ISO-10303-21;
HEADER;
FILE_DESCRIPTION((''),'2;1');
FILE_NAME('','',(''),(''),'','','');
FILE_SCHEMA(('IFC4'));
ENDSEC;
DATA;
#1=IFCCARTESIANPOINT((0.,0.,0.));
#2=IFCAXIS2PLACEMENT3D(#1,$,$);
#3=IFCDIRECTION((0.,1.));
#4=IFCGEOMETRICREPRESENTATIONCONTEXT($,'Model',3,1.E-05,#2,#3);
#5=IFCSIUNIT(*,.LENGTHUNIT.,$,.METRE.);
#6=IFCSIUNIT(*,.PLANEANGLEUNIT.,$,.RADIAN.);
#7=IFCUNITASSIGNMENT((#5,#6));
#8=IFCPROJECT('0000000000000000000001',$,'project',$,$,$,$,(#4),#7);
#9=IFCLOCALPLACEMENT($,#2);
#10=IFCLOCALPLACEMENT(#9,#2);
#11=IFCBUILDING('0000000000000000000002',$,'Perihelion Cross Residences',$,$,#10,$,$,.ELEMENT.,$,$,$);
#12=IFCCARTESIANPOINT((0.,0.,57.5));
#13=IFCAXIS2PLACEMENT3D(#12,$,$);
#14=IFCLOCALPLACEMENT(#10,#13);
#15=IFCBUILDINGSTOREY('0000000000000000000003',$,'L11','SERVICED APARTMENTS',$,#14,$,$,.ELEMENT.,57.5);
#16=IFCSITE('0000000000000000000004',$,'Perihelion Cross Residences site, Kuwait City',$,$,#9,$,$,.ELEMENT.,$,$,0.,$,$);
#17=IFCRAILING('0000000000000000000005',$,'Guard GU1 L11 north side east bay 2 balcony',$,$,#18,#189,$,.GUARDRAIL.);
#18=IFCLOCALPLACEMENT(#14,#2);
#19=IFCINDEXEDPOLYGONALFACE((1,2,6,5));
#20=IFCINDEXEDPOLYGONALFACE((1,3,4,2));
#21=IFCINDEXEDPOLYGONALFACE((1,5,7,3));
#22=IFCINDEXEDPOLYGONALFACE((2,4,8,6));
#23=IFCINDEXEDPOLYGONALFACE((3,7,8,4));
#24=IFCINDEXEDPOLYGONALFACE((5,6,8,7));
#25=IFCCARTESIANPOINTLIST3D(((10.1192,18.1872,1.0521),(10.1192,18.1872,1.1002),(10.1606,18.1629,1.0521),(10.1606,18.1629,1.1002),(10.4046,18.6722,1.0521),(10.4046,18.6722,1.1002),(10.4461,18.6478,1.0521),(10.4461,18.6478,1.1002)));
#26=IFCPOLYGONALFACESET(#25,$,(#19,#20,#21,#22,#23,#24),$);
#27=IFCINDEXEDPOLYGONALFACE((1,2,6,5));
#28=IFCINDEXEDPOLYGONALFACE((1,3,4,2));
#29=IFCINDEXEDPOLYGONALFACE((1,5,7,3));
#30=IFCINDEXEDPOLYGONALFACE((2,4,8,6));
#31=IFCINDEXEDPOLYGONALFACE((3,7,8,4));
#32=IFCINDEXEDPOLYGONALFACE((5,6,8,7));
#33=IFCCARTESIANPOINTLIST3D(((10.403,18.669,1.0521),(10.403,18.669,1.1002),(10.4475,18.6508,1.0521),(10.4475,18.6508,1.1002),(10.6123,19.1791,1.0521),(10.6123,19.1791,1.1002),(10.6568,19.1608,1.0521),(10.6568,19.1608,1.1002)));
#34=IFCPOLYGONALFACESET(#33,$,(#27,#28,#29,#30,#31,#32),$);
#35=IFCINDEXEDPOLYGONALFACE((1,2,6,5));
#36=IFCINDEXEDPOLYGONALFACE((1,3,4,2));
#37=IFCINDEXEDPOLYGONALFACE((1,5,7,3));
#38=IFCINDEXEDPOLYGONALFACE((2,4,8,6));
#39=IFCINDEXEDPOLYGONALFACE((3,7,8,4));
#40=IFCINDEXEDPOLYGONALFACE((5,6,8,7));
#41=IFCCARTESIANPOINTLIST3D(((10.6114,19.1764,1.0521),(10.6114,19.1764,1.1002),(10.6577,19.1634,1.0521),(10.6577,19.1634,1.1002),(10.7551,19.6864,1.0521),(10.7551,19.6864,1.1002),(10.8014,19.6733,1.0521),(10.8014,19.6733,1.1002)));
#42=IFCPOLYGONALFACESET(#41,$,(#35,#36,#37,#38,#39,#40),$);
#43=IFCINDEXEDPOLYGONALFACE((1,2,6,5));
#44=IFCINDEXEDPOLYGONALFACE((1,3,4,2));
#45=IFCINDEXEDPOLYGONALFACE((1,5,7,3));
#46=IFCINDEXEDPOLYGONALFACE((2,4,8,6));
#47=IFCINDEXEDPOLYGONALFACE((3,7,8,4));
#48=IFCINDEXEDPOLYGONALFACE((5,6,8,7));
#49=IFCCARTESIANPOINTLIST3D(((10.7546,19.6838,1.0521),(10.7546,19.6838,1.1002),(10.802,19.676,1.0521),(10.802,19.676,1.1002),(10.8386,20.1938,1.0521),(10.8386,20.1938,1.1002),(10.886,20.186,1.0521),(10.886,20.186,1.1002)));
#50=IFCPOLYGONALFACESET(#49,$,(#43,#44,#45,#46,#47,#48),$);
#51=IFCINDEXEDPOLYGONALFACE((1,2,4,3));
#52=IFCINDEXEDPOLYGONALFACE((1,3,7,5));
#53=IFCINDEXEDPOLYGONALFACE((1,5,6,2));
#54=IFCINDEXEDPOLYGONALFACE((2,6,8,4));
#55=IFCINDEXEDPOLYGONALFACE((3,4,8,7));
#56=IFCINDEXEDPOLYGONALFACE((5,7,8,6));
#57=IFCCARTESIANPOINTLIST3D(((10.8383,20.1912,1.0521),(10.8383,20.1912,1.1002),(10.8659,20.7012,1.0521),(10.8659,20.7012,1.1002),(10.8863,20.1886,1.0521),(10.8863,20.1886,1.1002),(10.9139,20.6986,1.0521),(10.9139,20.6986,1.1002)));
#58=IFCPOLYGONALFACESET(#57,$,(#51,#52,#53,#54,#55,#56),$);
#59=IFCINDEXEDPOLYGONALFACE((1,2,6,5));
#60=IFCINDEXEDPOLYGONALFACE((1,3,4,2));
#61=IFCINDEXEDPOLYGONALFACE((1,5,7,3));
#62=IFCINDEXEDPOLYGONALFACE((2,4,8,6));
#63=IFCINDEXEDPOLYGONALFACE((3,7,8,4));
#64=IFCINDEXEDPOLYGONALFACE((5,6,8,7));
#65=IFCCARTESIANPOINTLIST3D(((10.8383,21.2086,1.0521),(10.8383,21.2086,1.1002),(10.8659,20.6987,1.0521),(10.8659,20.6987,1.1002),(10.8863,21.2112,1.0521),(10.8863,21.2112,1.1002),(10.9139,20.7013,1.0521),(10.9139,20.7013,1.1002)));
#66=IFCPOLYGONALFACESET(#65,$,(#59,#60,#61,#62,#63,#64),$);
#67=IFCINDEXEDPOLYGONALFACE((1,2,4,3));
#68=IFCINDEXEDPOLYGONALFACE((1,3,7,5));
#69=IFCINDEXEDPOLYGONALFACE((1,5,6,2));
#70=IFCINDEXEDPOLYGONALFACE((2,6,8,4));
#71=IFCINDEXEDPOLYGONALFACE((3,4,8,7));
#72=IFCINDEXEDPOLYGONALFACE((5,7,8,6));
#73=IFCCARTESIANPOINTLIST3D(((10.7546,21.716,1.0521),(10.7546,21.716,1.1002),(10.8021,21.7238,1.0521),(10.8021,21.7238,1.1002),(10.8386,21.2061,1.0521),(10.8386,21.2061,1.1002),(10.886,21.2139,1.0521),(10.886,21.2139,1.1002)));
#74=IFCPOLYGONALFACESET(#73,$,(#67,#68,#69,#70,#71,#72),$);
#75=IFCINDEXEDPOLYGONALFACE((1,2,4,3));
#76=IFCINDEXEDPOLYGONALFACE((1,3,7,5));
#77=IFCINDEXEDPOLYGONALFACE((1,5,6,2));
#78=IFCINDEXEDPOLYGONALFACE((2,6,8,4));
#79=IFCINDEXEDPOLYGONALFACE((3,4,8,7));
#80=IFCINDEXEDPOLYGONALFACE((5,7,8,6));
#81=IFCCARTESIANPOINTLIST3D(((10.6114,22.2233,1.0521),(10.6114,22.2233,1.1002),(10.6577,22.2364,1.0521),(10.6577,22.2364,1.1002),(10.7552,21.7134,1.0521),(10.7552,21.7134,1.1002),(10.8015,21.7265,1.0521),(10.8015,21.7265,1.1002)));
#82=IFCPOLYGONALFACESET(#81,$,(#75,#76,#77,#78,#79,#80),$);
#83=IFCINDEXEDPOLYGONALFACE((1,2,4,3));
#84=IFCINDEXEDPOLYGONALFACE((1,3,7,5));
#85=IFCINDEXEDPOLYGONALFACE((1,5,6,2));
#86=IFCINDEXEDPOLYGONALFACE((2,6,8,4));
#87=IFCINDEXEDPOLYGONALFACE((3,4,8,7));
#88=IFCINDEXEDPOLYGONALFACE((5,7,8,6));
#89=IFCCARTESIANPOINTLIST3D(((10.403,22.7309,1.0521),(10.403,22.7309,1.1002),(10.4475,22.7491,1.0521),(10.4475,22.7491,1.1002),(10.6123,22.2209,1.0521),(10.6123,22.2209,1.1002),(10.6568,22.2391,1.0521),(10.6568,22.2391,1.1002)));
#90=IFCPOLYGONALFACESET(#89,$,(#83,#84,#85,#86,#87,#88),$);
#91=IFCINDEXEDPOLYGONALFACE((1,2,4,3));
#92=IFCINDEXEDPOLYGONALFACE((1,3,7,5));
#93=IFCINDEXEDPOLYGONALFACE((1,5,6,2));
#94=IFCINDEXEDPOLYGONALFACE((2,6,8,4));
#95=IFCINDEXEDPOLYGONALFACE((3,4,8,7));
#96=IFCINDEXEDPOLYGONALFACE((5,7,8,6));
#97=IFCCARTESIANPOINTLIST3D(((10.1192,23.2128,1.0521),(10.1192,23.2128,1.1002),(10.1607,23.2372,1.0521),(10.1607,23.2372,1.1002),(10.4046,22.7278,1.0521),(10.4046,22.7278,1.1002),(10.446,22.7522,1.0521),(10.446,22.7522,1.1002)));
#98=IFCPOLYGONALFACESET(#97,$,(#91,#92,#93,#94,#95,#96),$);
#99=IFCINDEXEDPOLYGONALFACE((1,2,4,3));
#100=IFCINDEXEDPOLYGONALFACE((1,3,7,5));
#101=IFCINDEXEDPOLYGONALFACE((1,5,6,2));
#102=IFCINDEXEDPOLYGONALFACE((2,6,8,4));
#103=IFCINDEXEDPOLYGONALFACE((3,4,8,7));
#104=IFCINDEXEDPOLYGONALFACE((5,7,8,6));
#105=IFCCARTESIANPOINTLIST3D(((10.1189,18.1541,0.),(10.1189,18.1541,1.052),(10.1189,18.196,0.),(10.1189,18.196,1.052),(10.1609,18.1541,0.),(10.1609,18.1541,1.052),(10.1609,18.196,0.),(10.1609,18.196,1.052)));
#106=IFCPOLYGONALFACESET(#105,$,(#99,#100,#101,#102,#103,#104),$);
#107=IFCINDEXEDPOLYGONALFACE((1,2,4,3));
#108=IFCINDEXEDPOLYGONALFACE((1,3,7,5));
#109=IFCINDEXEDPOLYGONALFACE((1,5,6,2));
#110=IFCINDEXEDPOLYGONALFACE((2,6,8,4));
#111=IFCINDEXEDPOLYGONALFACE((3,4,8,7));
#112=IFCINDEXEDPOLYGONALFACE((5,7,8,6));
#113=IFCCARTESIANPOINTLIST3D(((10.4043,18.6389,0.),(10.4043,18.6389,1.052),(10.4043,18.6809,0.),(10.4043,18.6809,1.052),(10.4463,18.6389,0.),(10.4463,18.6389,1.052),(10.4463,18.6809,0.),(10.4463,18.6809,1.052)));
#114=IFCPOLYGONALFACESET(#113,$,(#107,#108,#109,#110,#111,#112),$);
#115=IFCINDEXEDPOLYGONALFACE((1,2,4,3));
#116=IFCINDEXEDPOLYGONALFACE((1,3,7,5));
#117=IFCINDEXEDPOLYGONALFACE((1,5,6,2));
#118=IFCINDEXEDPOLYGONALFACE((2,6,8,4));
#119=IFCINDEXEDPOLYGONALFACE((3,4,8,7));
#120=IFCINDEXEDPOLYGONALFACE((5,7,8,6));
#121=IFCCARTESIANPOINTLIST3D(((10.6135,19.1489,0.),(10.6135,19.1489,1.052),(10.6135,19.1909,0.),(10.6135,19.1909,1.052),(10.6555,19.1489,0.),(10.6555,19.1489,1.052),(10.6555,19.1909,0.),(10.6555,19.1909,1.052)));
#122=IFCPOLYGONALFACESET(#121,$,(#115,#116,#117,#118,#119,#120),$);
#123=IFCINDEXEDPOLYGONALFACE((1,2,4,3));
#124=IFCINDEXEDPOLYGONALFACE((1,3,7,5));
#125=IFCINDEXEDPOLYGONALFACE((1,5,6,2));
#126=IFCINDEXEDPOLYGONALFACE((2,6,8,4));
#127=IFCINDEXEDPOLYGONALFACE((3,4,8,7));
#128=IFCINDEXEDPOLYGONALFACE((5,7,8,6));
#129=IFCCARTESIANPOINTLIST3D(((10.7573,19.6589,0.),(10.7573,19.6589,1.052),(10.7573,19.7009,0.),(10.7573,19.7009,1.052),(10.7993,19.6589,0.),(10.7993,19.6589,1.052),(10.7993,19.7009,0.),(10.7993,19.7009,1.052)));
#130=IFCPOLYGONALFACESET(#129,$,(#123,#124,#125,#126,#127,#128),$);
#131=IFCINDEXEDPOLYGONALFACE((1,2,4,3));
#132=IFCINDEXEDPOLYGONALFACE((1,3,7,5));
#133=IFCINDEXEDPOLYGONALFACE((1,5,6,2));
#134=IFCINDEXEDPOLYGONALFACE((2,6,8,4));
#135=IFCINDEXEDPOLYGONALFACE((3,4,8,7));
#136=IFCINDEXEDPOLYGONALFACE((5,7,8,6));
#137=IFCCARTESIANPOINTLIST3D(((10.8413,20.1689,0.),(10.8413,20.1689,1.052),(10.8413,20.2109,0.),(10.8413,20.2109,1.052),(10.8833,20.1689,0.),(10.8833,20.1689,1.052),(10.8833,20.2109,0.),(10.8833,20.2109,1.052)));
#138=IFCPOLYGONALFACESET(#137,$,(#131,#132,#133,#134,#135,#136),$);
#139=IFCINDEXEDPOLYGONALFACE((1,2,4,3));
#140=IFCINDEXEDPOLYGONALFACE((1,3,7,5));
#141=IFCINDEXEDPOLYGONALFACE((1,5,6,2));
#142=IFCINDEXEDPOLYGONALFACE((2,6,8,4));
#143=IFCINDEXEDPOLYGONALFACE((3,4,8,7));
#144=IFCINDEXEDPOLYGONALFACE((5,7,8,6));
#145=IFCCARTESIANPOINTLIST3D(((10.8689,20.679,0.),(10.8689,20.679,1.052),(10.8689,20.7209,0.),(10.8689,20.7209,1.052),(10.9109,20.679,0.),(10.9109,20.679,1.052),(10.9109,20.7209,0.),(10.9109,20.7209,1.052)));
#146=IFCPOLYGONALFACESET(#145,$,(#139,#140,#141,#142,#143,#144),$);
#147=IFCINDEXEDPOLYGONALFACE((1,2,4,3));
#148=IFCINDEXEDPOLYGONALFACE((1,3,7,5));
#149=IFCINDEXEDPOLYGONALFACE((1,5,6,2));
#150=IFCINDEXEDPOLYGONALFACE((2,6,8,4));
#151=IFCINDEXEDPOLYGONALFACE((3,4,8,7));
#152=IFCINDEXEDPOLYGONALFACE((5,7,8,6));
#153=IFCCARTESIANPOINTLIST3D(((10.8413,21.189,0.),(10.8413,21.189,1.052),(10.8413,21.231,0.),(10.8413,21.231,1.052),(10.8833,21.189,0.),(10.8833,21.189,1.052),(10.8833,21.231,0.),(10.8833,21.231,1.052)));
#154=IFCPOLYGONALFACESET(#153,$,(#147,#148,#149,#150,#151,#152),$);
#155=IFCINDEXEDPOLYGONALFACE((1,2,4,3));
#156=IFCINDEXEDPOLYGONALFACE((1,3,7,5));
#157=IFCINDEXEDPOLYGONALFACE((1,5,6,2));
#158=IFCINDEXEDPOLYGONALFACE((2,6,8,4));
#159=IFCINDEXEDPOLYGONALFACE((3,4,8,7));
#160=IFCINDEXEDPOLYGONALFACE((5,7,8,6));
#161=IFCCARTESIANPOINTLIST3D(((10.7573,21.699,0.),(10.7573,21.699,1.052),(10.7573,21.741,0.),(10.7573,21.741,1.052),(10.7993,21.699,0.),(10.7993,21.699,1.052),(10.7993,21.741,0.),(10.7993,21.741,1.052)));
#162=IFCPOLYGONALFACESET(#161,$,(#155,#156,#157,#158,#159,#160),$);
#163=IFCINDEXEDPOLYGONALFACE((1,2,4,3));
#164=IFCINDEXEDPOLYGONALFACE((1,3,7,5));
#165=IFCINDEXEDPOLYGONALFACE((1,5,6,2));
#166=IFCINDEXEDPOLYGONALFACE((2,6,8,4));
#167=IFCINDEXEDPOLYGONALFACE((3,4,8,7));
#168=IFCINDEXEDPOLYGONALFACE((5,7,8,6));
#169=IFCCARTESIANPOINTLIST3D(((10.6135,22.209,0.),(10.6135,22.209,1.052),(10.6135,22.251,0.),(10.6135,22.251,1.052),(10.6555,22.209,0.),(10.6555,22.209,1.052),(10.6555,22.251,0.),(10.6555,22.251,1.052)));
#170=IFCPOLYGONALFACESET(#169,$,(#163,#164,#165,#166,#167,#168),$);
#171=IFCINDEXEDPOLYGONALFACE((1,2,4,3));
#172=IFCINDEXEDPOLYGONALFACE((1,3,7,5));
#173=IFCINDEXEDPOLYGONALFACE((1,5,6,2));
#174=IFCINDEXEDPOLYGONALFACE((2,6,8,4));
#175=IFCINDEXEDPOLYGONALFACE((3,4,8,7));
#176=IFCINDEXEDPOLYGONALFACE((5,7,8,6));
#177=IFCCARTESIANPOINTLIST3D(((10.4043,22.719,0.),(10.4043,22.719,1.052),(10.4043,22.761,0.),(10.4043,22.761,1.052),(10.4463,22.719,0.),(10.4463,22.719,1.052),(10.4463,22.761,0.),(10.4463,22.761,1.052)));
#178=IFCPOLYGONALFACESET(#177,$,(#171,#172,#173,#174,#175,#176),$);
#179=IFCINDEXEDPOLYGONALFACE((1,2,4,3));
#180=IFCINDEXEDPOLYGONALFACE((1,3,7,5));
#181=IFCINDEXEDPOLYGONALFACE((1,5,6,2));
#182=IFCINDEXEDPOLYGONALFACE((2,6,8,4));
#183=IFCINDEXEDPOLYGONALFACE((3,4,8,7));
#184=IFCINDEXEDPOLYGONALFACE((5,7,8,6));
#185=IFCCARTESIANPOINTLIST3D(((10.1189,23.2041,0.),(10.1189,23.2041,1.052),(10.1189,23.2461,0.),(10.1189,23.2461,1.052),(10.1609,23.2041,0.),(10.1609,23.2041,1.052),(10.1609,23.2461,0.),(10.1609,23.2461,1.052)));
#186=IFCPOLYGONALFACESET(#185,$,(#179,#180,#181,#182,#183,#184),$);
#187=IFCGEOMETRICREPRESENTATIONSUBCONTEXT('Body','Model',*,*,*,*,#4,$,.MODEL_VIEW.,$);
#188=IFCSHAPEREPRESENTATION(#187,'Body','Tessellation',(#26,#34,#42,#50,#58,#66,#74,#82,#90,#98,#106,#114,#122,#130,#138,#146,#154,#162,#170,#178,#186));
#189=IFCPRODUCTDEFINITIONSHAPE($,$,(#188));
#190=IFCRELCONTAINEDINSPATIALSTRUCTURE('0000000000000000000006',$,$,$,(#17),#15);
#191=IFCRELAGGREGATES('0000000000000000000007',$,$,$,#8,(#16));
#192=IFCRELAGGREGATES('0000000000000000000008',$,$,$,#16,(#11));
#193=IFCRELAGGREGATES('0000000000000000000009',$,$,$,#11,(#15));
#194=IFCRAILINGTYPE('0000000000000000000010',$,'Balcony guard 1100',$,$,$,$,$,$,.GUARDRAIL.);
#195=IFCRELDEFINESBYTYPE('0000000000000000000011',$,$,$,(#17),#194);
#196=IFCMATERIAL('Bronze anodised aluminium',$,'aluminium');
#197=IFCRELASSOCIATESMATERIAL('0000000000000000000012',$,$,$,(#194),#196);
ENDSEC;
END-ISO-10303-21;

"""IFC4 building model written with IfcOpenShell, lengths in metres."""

from ifc_helpers import new_model, si_unit, direction, frame, origin, origin_2d, place, context, subcontext, project, spatial, rectangle, extrude, material, type_object, element, save


model = new_model("IFC4")

# Units and contexts
model_context = context("Model", 3, precision=1e-05, world=origin(), true_north=direction((0.0, 1.0)))
body_context = subcontext(model_context, "Body", "Model", "MODEL_VIEW")
ifc_project = project(units=[si_unit("LENGTHUNIT", "METRE"), si_unit("PLANEANGLEUNIT", "RADIAN")], contexts=[model_context])

# Site, building, storey
site_placement = place(None, origin())
site = spatial("IfcSite", under=ifc_project, at=site_placement, Name="Perihelion Cross Residences site, Kuwait City", CompositionType="ELEMENT", RefElevation=0.0)
building_placement = place(site_placement, origin())
building = spatial("IfcBuilding", under=site, at=building_placement, Name="Perihelion Cross Residences", CompositionType="ELEMENT")
storey_placement = place(building_placement, frame((0.0, 0.0, 57.5)))
storey = spatial("IfcBuildingStorey", under=building, at=storey_placement, Name="L11", Description="SERVICED APARTMENTS", CompositionType="ELEMENT", Elevation=57.5)

# Railing
ifc_material_1 = material(Name="Bronze anodised aluminium", Category="aluminium")
railing_type = type_object("IfcRailingType", Name="Balcony guard 1100", PredefinedType="GUARDRAIL", material=ifc_material_1)
railing_1_placement = place(storey_placement, frame((10.1399, 18.175, 0.0)))
element("IfcRailing", 1, at=railing_1_placement, inside=storey, type_object=railing_type, Name="Guard GU1 L11 north side east bay 2 balcony", PredefinedType="GUARDRAIL", context=body_context, shape_type="SweptSolid", body=[
    extrude(rectangle(XDim=0.0481, YDim=0.0481, at=origin_2d()), frame((0.0, 0.0, 1.0762), z_axis=(0.507267, 0.861789, 0.0), x_axis=(-0.861789, 0.507267, 0.0)), (0.0, 0.0, 1.0), 0.5627),
    extrude(rectangle(XDim=0.0481, YDim=0.0481, at=origin_2d()), frame((0.2854, 0.4849, 1.0762), z_axis=(0.379547, 0.925173, 0.0), x_axis=(-0.925173, 0.379547, 0.0)), (0.0, 0.0, 1.0), 0.5513),
    extrude(rectangle(XDim=0.0481, YDim=0.0481, at=origin_2d()), frame((0.4946, 0.9949, 1.0762), z_axis=(0.271373, 0.962474, 0.0), x_axis=(-0.962474, 0.271373, 0.0)), (0.0, 0.0, 1.0), 0.5298),
    extrude(rectangle(XDim=0.0481, YDim=0.0481, at=origin_2d()), frame((0.6384, 1.5049, 1.0762), z_axis=(0.162484, 0.986711, 0.0), x_axis=(-0.986711, 0.162484, 0.0)), (0.0, 0.0, 1.0), 0.5168),
    extrude(rectangle(XDim=0.0481, YDim=0.0481, at=origin_2d()), frame((0.7224, 2.0149, 1.0762), z_axis=(0.054014, 0.99854, 0.0), x_axis=(-0.99854, 0.054014, 0.0)), (0.0, 0.0, 1.0), 0.5107),
    extrude(rectangle(XDim=0.0481, YDim=0.0481, at=origin_2d()), frame((0.75, 2.5249, 1.0762), z_axis=(-0.054014, 0.99854, 0.0), x_axis=(-0.99854, -0.054014, 0.0)), (0.0, 0.0, 1.0), 0.5107),
    extrude(rectangle(XDim=0.0481, YDim=0.0481, at=origin_2d()), frame((0.7224, 3.0349, 1.0762), z_axis=(-0.162484, 0.986711, 0.0), x_axis=(-0.986711, -0.162484, 0.0)), (0.0, 0.0, 1.0), 0.5168),
    extrude(rectangle(XDim=0.0481, YDim=0.0481, at=origin_2d()), frame((0.6384, 3.5449, 1.0762), z_axis=(-0.271373, 0.962474, 0.0), x_axis=(-0.962474, -0.271373, 0.0)), (0.0, 0.0, 1.0), 0.5298),
    extrude(rectangle(XDim=0.0481, YDim=0.0481, at=origin_2d()), frame((0.4946, 4.0549, 1.0762), z_axis=(-0.379547, 0.925173, 0.0), x_axis=(-0.925173, -0.379547, 0.0)), (0.0, 0.0, 1.0), 0.5513),
    extrude(rectangle(XDim=0.0481, YDim=0.0481, at=origin_2d()), frame((0.2854, 4.5649, 1.0762), z_axis=(-0.507077, 0.861901, 0.0), x_axis=(-0.861901, -0.507077, 0.0)), (0.0, 0.0, 1.0), 0.5627),
    extrude(rectangle(XDim=0.042, YDim=0.042, at=origin_2d()), origin(), (0.0, 0.0, 1.0), 1.052),
    extrude(rectangle(XDim=0.042, YDim=0.042, at=origin_2d()), frame((0.2854, 0.4849, 0.0)), (0.0, 0.0, 1.0), 1.052),
    extrude(rectangle(XDim=0.042, YDim=0.042, at=origin_2d()), frame((0.4946, 0.9949, 0.0)), (0.0, 0.0, 1.0), 1.052),
    extrude(rectangle(XDim=0.042, YDim=0.042, at=origin_2d()), frame((0.6384, 1.5049, 0.0)), (0.0, 0.0, 1.0), 1.052),
    extrude(rectangle(XDim=0.042, YDim=0.042, at=origin_2d()), frame((0.7224, 2.0149, 0.0)), (0.0, 0.0, 1.0), 1.052),
    extrude(rectangle(XDim=0.042, YDim=0.042, at=origin_2d()), frame((0.75, 2.5249, 0.0)), (0.0, 0.0, 1.0), 1.052),
    extrude(rectangle(XDim=0.042, YDim=0.042, at=origin_2d()), frame((0.7224, 3.0349, 0.0)), (0.0, 0.0, 1.0), 1.052),
    extrude(rectangle(XDim=0.042, YDim=0.042, at=origin_2d()), frame((0.6384, 3.5449, 0.0)), (0.0, 0.0, 1.0), 1.052),
    extrude(rectangle(XDim=0.042, YDim=0.042, at=origin_2d()), frame((0.4946, 4.0549, 0.0)), (0.0, 0.0, 1.0), 1.052),
    extrude(rectangle(XDim=0.042, YDim=0.042, at=origin_2d()), frame((0.2854, 4.5649, 0.0)), (0.0, 0.0, 1.0), 1.052),
    extrude(rectangle(XDim=0.042, YDim=0.042, at=origin_2d()), frame((0.0, 5.05, 0.0)), (0.0, 0.0, 1.0), 1.052),
])

save(model, "model.ifc")
